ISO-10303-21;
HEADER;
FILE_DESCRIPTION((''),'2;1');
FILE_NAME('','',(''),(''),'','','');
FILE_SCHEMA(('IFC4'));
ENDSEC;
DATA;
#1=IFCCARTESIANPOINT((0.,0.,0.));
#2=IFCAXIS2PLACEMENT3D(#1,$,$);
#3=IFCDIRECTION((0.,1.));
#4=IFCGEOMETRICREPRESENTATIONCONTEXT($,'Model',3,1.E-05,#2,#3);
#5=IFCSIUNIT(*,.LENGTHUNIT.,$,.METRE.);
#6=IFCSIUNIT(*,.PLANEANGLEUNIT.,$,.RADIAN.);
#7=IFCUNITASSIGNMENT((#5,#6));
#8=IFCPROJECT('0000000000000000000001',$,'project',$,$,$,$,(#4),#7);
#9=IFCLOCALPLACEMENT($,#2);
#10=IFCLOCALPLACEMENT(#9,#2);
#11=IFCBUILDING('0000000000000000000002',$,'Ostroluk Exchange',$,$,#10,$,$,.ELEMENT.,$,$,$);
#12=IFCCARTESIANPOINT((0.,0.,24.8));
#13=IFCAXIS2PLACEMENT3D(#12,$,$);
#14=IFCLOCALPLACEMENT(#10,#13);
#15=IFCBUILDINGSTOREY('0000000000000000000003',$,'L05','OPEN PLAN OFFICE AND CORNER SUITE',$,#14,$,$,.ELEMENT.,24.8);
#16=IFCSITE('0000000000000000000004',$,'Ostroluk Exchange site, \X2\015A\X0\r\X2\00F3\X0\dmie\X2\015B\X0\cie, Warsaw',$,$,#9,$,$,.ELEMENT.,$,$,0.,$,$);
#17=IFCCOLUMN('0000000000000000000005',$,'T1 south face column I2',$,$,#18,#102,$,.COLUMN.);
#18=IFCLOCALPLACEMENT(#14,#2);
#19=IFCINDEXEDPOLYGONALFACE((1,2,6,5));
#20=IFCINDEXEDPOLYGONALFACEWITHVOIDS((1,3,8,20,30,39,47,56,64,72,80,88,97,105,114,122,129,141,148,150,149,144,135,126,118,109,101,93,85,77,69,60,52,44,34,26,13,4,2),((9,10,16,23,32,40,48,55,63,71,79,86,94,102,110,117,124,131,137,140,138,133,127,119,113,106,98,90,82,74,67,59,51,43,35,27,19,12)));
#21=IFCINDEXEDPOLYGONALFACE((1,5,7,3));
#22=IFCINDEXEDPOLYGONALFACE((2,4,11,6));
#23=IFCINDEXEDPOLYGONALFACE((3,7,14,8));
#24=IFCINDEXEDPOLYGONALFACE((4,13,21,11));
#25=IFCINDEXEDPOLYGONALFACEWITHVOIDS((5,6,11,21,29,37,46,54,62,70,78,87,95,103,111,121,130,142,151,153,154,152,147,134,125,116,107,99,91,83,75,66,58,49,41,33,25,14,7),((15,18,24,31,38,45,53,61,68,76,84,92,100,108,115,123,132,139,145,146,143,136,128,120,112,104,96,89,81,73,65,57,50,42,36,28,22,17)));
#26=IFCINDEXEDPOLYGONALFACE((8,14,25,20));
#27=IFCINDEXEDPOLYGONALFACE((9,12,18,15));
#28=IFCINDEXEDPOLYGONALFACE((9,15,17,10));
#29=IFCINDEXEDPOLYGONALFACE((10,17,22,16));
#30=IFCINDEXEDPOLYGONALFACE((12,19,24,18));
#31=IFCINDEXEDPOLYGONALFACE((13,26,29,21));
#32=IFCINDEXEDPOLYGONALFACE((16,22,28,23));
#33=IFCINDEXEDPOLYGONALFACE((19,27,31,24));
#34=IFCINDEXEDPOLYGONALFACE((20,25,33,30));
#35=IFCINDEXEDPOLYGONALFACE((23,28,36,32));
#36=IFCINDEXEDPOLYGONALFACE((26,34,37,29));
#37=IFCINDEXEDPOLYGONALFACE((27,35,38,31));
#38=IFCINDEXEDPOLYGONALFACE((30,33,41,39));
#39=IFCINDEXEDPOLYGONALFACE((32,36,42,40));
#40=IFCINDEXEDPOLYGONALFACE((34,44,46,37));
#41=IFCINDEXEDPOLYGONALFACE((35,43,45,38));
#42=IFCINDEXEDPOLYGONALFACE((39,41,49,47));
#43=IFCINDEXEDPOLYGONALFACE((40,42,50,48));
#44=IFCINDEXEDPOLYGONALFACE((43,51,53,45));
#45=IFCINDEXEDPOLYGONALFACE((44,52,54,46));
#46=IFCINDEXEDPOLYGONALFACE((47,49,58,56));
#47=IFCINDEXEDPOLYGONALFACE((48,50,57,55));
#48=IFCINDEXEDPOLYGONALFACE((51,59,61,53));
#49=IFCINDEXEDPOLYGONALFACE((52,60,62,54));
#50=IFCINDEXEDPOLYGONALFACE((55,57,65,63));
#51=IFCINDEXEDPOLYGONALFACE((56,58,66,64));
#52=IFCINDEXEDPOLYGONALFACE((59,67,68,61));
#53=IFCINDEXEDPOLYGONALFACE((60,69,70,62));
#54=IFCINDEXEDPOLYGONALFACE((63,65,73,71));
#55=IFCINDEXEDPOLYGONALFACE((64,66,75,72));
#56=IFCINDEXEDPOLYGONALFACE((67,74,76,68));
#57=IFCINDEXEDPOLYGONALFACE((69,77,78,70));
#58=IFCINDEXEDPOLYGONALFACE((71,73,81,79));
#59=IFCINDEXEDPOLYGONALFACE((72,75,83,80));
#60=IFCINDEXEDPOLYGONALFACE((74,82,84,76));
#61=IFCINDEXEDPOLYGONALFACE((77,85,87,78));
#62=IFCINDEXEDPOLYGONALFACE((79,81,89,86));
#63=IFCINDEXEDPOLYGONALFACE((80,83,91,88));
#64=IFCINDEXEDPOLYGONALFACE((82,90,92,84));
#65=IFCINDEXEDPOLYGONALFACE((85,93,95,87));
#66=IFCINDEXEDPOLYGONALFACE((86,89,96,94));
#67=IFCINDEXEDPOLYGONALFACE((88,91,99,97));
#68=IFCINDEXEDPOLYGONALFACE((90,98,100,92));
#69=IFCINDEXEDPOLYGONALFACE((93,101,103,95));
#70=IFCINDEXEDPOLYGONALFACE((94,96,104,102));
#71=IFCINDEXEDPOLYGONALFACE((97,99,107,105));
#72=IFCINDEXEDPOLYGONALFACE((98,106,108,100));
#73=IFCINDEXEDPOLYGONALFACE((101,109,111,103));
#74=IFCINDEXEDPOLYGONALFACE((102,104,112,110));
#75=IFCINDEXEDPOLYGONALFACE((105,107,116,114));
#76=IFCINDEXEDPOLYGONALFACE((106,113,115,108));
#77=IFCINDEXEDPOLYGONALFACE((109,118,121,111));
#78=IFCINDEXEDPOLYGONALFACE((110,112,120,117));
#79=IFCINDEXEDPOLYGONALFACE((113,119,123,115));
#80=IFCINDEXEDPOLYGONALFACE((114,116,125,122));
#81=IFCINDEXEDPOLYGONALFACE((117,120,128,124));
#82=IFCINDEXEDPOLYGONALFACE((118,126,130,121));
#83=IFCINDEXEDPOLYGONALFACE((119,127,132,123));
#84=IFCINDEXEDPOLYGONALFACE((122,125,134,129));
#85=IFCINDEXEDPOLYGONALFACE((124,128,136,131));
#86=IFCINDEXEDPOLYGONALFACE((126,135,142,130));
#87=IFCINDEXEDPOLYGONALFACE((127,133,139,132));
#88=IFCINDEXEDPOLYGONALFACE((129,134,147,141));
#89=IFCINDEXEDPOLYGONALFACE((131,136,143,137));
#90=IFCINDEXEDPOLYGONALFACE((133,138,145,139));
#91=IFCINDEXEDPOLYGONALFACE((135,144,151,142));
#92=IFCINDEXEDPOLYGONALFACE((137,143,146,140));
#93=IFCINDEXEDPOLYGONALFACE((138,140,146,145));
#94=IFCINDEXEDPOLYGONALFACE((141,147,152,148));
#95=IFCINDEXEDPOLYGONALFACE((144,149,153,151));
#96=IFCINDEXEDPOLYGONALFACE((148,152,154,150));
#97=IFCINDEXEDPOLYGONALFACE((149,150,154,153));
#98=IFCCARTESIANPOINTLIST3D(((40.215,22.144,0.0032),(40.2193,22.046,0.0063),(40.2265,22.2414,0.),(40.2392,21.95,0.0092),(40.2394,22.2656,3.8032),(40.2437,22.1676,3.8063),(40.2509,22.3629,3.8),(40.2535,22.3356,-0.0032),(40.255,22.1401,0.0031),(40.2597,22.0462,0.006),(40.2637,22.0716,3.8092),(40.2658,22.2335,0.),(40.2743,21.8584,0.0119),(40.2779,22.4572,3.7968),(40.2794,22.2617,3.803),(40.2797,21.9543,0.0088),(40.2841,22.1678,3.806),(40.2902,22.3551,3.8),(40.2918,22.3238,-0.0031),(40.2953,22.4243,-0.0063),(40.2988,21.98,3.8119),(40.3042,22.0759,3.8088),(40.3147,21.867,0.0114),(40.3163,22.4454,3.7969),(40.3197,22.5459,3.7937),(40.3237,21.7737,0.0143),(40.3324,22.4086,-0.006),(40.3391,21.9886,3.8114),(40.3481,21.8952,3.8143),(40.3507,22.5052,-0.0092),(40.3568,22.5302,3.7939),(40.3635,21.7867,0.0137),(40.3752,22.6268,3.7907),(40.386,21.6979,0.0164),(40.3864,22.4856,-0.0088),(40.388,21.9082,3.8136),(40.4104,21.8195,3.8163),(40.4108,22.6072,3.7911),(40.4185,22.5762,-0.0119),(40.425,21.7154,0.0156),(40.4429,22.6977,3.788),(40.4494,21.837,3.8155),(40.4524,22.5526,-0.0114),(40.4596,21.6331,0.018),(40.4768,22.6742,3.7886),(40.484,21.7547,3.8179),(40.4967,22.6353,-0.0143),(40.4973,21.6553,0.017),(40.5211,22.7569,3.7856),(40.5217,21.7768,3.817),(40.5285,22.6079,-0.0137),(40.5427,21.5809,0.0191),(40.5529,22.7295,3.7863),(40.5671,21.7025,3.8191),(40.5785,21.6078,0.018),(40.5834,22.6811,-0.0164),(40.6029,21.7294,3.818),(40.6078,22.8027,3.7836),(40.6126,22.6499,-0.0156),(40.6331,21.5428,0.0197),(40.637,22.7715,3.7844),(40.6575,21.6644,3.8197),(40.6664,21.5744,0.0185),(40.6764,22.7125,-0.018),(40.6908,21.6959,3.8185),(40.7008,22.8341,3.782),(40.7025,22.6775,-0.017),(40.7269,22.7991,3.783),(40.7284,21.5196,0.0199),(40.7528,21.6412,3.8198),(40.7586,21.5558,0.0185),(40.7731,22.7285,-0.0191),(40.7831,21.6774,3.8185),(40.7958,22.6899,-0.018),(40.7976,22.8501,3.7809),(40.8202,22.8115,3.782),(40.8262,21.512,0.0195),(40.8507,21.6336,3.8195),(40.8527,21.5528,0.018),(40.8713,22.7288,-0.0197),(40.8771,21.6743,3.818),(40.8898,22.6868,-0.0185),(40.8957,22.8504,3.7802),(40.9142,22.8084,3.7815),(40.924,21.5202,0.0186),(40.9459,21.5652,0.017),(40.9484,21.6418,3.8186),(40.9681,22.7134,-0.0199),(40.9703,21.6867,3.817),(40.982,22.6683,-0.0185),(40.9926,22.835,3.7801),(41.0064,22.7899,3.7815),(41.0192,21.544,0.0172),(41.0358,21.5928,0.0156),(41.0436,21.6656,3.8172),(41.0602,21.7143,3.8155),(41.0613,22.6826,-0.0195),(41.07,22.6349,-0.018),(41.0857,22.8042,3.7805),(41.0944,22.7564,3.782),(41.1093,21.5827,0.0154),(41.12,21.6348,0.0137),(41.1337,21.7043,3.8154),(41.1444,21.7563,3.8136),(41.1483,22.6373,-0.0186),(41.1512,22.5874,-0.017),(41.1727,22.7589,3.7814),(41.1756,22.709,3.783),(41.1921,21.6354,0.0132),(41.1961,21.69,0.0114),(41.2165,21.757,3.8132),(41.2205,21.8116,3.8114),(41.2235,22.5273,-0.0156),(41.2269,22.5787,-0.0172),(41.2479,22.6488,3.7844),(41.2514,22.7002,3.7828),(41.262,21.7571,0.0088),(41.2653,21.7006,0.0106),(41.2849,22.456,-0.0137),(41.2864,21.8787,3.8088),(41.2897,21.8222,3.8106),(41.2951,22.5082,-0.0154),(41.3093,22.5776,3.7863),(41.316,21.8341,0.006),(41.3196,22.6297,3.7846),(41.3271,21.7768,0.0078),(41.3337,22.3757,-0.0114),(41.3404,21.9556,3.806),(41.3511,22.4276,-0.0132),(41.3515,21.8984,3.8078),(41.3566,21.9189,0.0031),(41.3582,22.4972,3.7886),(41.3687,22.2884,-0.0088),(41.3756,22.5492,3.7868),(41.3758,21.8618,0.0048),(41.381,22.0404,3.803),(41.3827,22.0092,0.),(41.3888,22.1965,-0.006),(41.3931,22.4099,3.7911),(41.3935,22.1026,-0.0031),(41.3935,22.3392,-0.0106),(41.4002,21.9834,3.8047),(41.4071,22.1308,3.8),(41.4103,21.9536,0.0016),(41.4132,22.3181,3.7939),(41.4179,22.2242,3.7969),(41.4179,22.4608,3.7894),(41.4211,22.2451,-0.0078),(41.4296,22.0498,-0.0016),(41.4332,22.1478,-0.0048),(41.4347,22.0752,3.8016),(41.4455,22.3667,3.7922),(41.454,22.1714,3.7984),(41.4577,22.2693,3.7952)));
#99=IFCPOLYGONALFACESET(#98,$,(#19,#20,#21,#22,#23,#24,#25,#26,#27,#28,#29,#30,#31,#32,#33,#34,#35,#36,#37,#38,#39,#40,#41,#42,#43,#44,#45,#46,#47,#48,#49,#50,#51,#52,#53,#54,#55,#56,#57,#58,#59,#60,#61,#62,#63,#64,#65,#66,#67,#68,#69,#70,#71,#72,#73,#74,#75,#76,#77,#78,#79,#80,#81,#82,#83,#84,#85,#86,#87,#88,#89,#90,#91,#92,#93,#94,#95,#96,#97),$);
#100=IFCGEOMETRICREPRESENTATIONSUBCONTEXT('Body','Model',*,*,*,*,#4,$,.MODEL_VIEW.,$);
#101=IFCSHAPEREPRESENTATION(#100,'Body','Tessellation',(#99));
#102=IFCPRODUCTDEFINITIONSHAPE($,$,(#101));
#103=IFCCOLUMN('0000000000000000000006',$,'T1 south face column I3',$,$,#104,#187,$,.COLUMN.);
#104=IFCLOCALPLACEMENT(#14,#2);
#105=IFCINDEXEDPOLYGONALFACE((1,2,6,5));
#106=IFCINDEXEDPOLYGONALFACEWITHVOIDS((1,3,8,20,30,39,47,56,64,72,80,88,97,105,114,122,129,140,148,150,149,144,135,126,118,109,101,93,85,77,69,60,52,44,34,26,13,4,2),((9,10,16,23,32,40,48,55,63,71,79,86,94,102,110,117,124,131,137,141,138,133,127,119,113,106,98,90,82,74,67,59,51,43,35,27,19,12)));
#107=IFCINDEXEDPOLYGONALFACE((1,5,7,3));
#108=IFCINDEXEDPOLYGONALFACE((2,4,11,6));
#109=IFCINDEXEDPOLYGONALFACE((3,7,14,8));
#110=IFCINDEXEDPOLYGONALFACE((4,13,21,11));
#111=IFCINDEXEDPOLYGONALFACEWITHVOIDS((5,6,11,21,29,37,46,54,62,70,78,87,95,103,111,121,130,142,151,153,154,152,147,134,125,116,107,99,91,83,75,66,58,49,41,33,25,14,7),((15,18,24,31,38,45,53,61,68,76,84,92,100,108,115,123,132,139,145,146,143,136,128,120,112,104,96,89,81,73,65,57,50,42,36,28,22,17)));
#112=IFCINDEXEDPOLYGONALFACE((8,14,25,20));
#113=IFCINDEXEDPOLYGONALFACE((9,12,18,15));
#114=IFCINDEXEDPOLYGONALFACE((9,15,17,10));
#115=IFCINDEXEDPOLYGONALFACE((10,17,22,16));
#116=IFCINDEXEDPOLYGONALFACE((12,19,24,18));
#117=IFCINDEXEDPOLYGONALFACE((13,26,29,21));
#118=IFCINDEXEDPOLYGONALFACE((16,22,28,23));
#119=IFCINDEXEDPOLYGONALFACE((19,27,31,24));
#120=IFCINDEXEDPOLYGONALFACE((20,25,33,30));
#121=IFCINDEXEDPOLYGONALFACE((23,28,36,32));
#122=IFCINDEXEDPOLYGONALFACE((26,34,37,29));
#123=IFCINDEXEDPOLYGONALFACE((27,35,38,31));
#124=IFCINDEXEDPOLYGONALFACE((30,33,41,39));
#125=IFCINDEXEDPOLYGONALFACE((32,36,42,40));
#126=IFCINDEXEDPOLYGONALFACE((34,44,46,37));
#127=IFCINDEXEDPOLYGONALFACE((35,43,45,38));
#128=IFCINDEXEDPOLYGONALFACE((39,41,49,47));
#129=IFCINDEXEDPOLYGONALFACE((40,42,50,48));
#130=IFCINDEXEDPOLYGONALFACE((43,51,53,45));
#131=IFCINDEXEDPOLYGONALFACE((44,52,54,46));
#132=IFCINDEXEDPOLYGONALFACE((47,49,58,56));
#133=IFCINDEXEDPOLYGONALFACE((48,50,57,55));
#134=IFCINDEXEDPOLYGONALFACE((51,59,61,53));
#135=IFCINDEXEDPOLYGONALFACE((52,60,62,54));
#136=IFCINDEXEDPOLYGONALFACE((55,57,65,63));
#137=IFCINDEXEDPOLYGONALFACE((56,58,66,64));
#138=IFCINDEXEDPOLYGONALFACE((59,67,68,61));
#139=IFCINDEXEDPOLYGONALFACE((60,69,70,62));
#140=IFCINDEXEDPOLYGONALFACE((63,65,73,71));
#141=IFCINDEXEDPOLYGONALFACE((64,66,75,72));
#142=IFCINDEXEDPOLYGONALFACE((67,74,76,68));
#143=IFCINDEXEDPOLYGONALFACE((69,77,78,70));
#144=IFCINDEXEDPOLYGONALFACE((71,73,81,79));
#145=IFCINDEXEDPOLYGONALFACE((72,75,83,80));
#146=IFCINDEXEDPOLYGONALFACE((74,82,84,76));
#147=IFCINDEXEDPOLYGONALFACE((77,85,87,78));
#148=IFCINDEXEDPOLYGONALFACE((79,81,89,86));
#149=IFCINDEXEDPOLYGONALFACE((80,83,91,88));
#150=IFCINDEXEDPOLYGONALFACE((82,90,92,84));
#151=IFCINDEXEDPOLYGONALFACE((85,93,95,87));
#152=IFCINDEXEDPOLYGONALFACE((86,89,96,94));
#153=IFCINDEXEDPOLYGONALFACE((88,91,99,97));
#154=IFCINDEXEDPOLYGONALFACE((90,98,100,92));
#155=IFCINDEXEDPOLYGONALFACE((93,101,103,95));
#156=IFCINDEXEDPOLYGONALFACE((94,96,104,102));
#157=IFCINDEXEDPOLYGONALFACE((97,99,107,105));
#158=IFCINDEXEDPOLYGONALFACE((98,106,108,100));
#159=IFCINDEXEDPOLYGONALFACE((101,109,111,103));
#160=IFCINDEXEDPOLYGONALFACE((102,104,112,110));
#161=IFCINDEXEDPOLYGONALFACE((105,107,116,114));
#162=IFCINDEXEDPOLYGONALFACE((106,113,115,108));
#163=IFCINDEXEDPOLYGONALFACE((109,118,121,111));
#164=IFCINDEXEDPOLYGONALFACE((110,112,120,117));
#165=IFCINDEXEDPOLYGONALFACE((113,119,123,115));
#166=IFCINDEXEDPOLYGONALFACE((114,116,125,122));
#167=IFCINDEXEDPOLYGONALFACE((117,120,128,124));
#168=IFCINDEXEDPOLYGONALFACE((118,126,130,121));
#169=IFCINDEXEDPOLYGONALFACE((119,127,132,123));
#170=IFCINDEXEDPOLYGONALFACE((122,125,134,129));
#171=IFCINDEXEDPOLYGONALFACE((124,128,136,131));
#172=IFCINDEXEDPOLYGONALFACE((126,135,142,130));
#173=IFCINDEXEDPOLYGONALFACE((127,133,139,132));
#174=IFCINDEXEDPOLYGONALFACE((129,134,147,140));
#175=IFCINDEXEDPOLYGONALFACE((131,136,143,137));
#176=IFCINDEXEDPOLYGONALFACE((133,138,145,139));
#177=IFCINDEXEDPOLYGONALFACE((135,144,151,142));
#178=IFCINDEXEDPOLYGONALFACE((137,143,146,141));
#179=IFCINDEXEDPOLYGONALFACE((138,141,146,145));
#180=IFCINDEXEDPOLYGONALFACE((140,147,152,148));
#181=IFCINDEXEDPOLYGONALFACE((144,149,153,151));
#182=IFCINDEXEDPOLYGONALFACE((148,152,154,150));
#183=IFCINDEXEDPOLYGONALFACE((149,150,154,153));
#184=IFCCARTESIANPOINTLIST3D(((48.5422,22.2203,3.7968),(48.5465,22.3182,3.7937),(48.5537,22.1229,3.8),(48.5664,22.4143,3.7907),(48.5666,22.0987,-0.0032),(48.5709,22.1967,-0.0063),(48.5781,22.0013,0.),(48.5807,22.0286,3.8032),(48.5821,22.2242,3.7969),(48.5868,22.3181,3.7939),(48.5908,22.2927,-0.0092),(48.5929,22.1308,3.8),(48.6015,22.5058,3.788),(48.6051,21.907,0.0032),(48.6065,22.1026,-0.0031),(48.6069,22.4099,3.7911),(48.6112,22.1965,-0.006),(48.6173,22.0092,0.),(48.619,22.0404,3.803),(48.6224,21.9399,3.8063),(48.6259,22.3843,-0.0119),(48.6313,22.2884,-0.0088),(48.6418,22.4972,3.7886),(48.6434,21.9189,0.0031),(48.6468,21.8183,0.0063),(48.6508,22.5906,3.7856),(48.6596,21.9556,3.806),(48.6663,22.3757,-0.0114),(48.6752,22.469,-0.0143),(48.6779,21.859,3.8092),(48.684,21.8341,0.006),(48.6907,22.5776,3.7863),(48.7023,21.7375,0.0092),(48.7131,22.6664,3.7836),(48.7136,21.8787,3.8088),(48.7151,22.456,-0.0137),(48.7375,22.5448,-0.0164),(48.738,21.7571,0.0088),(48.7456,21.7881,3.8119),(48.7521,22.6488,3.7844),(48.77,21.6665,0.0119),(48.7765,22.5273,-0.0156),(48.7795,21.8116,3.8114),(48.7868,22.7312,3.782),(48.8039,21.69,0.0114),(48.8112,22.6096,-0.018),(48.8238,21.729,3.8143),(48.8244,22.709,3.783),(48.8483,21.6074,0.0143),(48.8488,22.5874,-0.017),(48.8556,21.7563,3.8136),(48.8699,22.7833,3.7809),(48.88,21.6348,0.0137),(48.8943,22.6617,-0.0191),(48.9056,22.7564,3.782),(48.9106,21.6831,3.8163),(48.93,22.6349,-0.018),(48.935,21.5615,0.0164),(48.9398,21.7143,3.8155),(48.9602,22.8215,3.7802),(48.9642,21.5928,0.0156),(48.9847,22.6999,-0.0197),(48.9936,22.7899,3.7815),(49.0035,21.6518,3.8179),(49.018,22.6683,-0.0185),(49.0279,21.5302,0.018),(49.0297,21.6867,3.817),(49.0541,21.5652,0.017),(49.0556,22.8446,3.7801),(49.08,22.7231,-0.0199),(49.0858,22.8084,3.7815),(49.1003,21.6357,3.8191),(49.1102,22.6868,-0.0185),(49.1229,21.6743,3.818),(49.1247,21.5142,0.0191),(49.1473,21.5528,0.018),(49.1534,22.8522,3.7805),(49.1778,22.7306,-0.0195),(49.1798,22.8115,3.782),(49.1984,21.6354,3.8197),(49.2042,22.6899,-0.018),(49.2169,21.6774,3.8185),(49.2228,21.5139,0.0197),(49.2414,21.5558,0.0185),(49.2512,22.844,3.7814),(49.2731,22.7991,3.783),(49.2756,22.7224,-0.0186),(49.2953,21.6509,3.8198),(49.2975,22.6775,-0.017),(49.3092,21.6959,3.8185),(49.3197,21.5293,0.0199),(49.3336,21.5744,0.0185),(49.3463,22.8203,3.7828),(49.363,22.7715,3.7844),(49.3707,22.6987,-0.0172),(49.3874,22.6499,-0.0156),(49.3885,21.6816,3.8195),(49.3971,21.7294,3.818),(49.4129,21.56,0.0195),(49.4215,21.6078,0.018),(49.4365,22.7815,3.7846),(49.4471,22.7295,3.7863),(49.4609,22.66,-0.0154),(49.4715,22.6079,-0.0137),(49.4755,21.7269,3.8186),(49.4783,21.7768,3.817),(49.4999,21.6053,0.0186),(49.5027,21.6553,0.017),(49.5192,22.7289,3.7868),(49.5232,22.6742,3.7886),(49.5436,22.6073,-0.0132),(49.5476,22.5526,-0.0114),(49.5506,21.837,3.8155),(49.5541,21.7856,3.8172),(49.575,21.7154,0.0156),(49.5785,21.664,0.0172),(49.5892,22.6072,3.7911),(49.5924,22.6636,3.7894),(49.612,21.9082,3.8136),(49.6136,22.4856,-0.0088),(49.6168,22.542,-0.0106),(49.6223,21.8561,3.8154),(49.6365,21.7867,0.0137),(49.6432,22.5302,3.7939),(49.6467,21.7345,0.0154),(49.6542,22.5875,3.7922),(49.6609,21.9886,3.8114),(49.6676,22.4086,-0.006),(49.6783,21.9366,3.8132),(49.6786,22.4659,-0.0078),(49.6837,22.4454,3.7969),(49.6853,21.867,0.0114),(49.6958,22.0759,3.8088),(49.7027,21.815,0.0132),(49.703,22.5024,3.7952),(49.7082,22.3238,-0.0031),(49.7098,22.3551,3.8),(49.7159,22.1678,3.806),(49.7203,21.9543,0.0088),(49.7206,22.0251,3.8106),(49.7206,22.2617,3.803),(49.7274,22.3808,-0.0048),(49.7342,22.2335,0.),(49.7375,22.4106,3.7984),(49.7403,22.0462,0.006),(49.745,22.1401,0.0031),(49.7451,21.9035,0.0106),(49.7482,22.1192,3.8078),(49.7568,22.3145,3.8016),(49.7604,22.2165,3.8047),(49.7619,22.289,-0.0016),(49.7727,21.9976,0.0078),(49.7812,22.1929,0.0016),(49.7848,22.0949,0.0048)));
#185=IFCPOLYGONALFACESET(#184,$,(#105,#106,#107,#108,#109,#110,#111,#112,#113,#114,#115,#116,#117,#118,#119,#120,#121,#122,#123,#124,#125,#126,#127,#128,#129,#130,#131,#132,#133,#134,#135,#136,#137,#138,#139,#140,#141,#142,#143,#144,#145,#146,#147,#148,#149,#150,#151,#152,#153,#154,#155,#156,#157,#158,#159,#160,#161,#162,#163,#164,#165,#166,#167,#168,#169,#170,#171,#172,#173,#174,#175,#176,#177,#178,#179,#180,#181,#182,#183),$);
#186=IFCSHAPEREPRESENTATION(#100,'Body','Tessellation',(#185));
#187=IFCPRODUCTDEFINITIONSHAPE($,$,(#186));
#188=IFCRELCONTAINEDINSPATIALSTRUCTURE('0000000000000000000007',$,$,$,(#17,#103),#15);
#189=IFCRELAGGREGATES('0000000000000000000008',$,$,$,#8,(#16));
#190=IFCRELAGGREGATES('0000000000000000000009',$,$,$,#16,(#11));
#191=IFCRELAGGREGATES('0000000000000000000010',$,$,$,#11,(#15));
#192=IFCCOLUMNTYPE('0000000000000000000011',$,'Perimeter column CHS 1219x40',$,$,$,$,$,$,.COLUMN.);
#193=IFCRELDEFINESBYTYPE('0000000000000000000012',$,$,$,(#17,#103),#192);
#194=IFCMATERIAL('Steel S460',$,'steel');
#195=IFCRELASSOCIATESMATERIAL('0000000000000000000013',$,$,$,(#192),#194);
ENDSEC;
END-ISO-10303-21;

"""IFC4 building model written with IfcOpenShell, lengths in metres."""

from ifc_helpers import new_model, si_unit, direction, frame, origin, origin_2d, place, context, subcontext, project, spatial, hollow_circle, extrude, material, material_profile, profile_set, type_object, element, save


model = new_model("IFC4")

# Units and contexts
model_context = context("Model", 3, precision=1e-05, world=origin(), true_north=direction((0.0, 1.0)))
body_context = subcontext(model_context, "Body", "Model", "MODEL_VIEW")
ifc_project = project(units=[si_unit("LENGTHUNIT", "METRE"), si_unit("PLANEANGLEUNIT", "RADIAN")], contexts=[model_context])

# Site, building, storey
site_placement = place(None, origin())
site = spatial("IfcSite", under=ifc_project, at=site_placement, Name="Ostroluk Exchange site, Śródmieście, Warsaw", CompositionType="ELEMENT", RefElevation=0.0)
building_placement = place(site_placement, origin())
building = spatial("IfcBuilding", under=site, at=building_placement, Name="Ostroluk Exchange", CompositionType="ELEMENT")
storey_placement = place(building_placement, frame((0.0, 0.0, 24.8)))
storey = spatial("IfcBuildingStorey", under=building, at=storey_placement, Name="L05", Description="OPEN PLAN OFFICE AND CORNER SUITE", CompositionType="ELEMENT", Elevation=24.8)

# Columns
ifc_material_1 = material(Name="Steel S460", Category="steel")
ifc_material_profile_1 = material_profile(ifc_material_1, hollow_circle(Radius=0.6096, WallThickness=0.04, at=origin_2d()), Name="CHS 1219x40")
ifc_profile_set_1 = profile_set([ifc_material_profile_1], Name="Steel S460")
column_type = type_object("IfcColumnType", Name="Perimeter column CHS 1219x40", PredefinedType="COLUMN", material=ifc_profile_set_1)
for number, where, z_axis, x_axis, name in (
    (1, (40.8242, 22.1213, 0.0), (0.006421, 0.031978, 0.999468), (-0.980429, 0.196873, 0.0), "T1 south face column I2"),
    (2, (49.1758, 22.1213, 0.0), (-0.006421, 0.031978, 0.999468), (-0.980429, -0.196873, 0.0), "T1 south face column I3"),
):
    element("IfcColumn", number, at=place(storey_placement, frame(where, z_axis=z_axis, x_axis=x_axis)), inside=storey, type_object=column_type, Name=name, PredefinedType="COLUMN", context=body_context, shape_type="SweptSolid", body=[
        extrude(hollow_circle(Radius=0.6096, WallThickness=0.04, at=origin_2d()), origin(), (0.0, 0.0, 1.0), 3.802),
    ])

save(model, "model.ifc")
